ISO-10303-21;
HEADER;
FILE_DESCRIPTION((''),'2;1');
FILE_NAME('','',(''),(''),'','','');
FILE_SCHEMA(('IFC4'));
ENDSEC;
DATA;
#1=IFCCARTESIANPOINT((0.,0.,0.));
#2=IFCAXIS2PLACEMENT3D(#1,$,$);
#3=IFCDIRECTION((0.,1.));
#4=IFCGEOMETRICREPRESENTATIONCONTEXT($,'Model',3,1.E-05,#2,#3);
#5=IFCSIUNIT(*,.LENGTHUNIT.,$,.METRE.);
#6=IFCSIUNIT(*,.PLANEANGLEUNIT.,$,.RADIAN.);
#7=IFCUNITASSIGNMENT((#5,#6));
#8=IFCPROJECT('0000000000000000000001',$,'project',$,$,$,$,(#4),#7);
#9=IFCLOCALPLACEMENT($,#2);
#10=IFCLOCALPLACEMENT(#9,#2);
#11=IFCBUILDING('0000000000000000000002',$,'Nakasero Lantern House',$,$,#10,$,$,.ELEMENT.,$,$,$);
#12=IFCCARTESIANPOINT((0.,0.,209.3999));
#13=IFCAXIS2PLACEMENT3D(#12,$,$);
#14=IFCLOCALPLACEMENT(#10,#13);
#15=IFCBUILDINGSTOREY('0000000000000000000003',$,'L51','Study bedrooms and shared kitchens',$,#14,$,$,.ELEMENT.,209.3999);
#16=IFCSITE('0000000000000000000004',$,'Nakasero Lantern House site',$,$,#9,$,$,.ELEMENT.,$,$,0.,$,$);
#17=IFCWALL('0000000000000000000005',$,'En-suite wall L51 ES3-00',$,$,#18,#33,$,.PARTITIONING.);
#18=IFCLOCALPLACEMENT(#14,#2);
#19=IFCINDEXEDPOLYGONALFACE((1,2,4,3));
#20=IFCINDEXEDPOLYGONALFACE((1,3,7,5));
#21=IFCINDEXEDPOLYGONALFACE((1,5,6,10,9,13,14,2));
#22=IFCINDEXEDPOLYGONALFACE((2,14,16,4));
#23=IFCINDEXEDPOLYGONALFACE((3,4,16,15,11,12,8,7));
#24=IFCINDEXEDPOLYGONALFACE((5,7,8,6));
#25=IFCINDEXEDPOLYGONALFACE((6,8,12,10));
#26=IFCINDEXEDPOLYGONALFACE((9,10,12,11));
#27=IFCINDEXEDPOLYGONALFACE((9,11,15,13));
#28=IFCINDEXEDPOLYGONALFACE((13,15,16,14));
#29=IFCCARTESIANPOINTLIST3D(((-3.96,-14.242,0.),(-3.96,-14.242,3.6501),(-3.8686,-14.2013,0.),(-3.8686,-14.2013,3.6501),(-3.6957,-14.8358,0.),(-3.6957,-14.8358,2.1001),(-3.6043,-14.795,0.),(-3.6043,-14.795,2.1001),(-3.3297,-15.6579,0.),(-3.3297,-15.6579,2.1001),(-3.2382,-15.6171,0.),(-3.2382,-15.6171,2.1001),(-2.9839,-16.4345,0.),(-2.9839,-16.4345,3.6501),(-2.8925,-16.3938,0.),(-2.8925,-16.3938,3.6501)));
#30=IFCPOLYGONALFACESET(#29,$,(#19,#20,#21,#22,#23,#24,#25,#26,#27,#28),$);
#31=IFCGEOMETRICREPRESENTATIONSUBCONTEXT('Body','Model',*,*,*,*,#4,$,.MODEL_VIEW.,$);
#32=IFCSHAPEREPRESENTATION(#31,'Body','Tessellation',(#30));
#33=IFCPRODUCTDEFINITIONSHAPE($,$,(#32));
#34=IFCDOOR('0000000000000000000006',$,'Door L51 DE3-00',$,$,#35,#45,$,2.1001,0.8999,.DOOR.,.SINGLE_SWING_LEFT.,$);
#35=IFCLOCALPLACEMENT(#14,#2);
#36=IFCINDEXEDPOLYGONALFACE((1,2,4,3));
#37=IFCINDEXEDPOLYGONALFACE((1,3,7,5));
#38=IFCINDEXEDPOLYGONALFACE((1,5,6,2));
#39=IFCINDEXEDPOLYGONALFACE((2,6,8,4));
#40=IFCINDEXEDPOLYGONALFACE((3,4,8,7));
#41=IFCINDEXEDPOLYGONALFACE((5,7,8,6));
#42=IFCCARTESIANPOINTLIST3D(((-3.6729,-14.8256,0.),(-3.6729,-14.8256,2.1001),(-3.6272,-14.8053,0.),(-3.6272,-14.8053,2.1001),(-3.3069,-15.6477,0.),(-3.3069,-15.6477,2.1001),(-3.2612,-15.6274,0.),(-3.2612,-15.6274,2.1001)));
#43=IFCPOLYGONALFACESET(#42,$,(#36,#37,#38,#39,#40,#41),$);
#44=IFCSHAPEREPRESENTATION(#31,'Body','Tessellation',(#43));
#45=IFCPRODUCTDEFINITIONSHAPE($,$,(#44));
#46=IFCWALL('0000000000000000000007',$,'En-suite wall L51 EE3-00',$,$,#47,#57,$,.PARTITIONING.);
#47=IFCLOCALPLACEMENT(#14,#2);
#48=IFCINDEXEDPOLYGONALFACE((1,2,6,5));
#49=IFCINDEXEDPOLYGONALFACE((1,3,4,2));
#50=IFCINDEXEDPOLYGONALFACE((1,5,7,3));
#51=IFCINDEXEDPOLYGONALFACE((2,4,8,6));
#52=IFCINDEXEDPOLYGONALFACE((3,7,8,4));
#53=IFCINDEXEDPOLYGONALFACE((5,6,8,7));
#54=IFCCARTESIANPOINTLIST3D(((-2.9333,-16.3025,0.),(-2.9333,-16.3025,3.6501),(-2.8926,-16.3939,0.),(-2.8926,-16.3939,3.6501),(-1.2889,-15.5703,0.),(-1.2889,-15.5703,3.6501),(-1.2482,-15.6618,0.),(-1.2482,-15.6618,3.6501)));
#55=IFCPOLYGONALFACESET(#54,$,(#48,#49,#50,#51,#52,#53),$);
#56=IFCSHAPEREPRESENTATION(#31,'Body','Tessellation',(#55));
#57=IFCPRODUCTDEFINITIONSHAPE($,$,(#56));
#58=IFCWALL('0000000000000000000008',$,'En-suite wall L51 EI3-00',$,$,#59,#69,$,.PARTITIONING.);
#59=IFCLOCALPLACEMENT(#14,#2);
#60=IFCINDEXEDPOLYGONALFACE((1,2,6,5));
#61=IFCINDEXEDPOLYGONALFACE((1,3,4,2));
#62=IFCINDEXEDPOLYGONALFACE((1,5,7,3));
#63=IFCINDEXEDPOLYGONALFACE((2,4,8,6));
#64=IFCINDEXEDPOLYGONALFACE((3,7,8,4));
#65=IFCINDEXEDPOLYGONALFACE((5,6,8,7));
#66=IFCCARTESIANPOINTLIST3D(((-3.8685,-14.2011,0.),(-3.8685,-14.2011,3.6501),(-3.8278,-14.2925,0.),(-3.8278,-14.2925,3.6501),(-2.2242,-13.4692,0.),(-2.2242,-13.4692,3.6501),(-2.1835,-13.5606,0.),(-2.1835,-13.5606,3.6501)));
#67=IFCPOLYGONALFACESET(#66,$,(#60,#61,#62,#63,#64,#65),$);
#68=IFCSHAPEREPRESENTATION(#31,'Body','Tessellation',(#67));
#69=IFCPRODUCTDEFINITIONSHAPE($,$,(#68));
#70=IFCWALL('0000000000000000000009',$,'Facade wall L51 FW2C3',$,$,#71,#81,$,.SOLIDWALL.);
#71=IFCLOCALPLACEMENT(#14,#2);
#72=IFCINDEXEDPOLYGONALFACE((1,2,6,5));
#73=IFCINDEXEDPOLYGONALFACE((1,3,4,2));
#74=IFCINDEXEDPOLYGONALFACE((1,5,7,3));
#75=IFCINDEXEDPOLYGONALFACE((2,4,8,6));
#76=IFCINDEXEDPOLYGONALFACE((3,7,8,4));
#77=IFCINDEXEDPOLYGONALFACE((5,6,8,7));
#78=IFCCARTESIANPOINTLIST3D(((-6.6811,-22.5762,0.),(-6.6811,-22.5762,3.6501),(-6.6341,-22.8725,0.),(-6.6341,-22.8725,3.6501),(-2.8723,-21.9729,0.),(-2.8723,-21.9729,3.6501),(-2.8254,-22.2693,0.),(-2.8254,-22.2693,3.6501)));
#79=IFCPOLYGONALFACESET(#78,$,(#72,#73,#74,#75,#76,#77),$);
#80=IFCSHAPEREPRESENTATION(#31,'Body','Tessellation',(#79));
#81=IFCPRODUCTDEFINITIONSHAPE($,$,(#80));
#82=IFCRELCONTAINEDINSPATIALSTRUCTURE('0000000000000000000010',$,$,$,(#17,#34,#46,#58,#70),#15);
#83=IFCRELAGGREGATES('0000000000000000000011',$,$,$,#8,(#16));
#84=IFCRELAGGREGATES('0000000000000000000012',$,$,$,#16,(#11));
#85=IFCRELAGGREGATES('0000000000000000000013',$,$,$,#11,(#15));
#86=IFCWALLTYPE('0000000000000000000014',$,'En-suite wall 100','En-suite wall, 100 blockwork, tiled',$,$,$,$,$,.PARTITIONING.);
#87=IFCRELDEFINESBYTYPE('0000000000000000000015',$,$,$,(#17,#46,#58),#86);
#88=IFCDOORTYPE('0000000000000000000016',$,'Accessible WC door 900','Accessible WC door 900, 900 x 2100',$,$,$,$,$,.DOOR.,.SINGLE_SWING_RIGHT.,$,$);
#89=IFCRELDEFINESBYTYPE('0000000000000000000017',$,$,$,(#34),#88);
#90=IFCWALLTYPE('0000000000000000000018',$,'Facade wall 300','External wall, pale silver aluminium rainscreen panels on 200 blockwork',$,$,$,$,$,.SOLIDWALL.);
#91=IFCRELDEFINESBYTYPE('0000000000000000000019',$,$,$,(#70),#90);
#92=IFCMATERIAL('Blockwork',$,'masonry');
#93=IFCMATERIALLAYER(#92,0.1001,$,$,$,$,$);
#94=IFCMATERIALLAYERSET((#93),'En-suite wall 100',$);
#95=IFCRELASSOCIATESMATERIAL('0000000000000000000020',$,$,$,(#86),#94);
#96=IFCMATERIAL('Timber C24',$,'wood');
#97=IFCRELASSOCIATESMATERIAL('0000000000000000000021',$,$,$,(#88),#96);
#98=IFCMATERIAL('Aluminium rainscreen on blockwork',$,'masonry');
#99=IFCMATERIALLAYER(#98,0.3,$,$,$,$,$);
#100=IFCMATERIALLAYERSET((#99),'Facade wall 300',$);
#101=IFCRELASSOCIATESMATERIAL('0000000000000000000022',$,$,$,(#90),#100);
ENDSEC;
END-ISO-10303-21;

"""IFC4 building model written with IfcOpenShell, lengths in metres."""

from ifc_helpers import new_model, si_unit, direction, frame, frame_2d, origin, place, context, subcontext, project, spatial, rectangle, extrude, material, layer, layer_set, type_object, element, fill, save


model = new_model("IFC4")

# Units and contexts
model_context = context("Model", 3, precision=1e-05, world=origin(), true_north=direction((0.0, 1.0)))
body_context = subcontext(model_context, "Body", "Model", "MODEL_VIEW")
ifc_project = project(units=[si_unit("LENGTHUNIT", "METRE"), si_unit("PLANEANGLEUNIT", "RADIAN")], contexts=[model_context])

# Site, building, storey
site_placement = place(None, origin())
site = spatial("IfcSite", under=ifc_project, at=site_placement, Name="Nakasero Lantern House site", CompositionType="ELEMENT", RefElevation=0.0)
building_placement = place(site_placement, origin())
building = spatial("IfcBuilding", under=site, at=building_placement, Name="Nakasero Lantern House", CompositionType="ELEMENT")
storey_placement = place(building_placement, frame((0.0, 0.0, 209.3999)))
storey = spatial("IfcBuildingStorey", under=building, at=storey_placement, Name="L51", Description="Study bedrooms and shared kitchens", CompositionType="ELEMENT", Elevation=209.3999)

# Wall, opening, door
ifc_material_1 = material(Name="Blockwork", Category="masonry")
ifc_layer_1 = layer(ifc_material_1, 0.1001)
ifc_layer_set_1 = layer_set([ifc_layer_1], Name="En-suite wall 100")
wall_type_1 = type_object("IfcWallType", Name="En-suite wall 100", Description="En-suite wall, 100 blockwork, tiled", PredefinedType="PARTITIONING", material=ifc_layer_set_1)
wall_1_placement = place(storey_placement, frame((-3.9143, -14.2217, 0.0), z_axis=(0.0, 0.0, 1.0), x_axis=(0.406724, -0.913551, 0.0)))
wall_1 = element("IfcWall", 1, at=wall_1_placement, inside=storey, type_object=wall_type_1, Name="En-suite wall L51 ES3-00", PredefinedType="PARTITIONING", context=body_context, shape_type="SweptSolid", body=[
    extrude(rectangle(XDim=2.3999, YDim=0.1001, at=frame_2d((1.2, 0.0))), origin(), (0.0, 0.0, 1.0), 3.6501),
])
opening_1_placement = place(wall_1_placement, frame((0.6499, 0.0, 0.0)))
opening_1 = element("IfcOpeningElement", 2, at=opening_1_placement, cuts=wall_1, PredefinedType="OPENING", context=body_context, shape_type="SweptSolid", body=[
    extrude(rectangle(XDim=0.8999, YDim=2.1001, at=frame_2d((0.45, 1.05))), frame((0.0, 0.0701, 0.0), z_axis=(0.0, -1.0, 0.0), x_axis=(1.0, 0.0, 0.0)), (0.0, 0.0, 1.0), 0.1401),
])
ifc_material_2 = material(Name="Timber C24", Category="wood")
door_type_1 = type_object("IfcDoorType", Name="Accessible WC door 900", Description="Accessible WC door 900, 900 x 2100", OperationType="SINGLE_SWING_RIGHT", PredefinedType="DOOR", material=ifc_material_2)
door_1_placement = place(opening_1_placement, origin())
door_1 = element("IfcDoor", 3, at=door_1_placement, inside=storey, type_object=door_type_1, Name="Door L51 DE3-00", OperationType="SINGLE_SWING_LEFT", OverallHeight=2.1001, OverallWidth=0.8999, PredefinedType="DOOR", context=body_context, shape_type="SweptSolid", body=[
    extrude(rectangle(XDim=0.8999, YDim=2.1001, at=frame_2d((0.45, 1.05))), frame((0.0, 0.0249, 0.0), z_axis=(0.0, -1.0, 0.0), x_axis=(1.0, 0.0, 0.0)), (0.0, 0.0, 1.0), 0.05),
])
fill(opening_1, door_1)

# Walls
wall_2_placement = place(storey_placement, frame((-2.9128, -16.3481, 0.0), z_axis=(0.0, 0.0, 1.0), x_axis=(0.913549, 0.40673, 0.0)))
element("IfcWall", 4, at=wall_2_placement, inside=storey, type_object=wall_type_1, Name="En-suite wall L51 EE3-00", PredefinedType="PARTITIONING", context=body_context, shape_type="SweptSolid", body=[
    extrude(rectangle(XDim=1.8, YDim=0.1001, at=frame_2d((0.8999, 0.0))), origin(), (0.0, 0.0, 1.0), 3.6501),
])
wall_3_placement = place(storey_placement, frame((-3.8481, -14.2468, 0.0), z_axis=(0.0, 0.0, 1.0), x_axis=(0.913576, 0.406667, 0.0)))
element("IfcWall", 5, at=wall_3_placement, inside=storey, type_object=wall_type_1, Name="En-suite wall L51 EI3-00", PredefinedType="PARTITIONING", context=body_context, shape_type="SweptSolid", body=[
    extrude(rectangle(XDim=1.7998, YDim=0.1001, at=frame_2d((0.8999, 0.0))), origin(), (0.0, 0.0, 1.0), 3.6501),
])
ifc_material_3 = material(Name="Aluminium rainscreen on blockwork", Category="masonry")
ifc_layer_2 = layer(ifc_material_3, 0.3)
ifc_layer_set_2 = layer_set([ifc_layer_2], Name="Facade wall 300")
wall_type_2 = type_object("IfcWallType", Name="Facade wall 300", Description="External wall, pale silver aluminium rainscreen panels on 200 blockwork", PredefinedType="SOLIDWALL", material=ifc_layer_set_2)
wall_4_placement = place(storey_placement, frame((-6.6577, -22.7244, 0.0), z_axis=(0.0, 0.0, 1.0), x_axis=(0.987688, 0.156437, 0.0)))
element("IfcWall", 6, at=wall_4_placement, inside=storey, type_object=wall_type_2, Name="Facade wall L51 FW2C3", PredefinedType="SOLIDWALL", context=body_context, shape_type="SweptSolid", body=[
    extrude(rectangle(XDim=3.8562, YDim=0.3, at=frame_2d((1.9282, 0.0))), origin(), (0.0, 0.0, 1.0), 3.6501),
])

save(model, "model.ifc")
